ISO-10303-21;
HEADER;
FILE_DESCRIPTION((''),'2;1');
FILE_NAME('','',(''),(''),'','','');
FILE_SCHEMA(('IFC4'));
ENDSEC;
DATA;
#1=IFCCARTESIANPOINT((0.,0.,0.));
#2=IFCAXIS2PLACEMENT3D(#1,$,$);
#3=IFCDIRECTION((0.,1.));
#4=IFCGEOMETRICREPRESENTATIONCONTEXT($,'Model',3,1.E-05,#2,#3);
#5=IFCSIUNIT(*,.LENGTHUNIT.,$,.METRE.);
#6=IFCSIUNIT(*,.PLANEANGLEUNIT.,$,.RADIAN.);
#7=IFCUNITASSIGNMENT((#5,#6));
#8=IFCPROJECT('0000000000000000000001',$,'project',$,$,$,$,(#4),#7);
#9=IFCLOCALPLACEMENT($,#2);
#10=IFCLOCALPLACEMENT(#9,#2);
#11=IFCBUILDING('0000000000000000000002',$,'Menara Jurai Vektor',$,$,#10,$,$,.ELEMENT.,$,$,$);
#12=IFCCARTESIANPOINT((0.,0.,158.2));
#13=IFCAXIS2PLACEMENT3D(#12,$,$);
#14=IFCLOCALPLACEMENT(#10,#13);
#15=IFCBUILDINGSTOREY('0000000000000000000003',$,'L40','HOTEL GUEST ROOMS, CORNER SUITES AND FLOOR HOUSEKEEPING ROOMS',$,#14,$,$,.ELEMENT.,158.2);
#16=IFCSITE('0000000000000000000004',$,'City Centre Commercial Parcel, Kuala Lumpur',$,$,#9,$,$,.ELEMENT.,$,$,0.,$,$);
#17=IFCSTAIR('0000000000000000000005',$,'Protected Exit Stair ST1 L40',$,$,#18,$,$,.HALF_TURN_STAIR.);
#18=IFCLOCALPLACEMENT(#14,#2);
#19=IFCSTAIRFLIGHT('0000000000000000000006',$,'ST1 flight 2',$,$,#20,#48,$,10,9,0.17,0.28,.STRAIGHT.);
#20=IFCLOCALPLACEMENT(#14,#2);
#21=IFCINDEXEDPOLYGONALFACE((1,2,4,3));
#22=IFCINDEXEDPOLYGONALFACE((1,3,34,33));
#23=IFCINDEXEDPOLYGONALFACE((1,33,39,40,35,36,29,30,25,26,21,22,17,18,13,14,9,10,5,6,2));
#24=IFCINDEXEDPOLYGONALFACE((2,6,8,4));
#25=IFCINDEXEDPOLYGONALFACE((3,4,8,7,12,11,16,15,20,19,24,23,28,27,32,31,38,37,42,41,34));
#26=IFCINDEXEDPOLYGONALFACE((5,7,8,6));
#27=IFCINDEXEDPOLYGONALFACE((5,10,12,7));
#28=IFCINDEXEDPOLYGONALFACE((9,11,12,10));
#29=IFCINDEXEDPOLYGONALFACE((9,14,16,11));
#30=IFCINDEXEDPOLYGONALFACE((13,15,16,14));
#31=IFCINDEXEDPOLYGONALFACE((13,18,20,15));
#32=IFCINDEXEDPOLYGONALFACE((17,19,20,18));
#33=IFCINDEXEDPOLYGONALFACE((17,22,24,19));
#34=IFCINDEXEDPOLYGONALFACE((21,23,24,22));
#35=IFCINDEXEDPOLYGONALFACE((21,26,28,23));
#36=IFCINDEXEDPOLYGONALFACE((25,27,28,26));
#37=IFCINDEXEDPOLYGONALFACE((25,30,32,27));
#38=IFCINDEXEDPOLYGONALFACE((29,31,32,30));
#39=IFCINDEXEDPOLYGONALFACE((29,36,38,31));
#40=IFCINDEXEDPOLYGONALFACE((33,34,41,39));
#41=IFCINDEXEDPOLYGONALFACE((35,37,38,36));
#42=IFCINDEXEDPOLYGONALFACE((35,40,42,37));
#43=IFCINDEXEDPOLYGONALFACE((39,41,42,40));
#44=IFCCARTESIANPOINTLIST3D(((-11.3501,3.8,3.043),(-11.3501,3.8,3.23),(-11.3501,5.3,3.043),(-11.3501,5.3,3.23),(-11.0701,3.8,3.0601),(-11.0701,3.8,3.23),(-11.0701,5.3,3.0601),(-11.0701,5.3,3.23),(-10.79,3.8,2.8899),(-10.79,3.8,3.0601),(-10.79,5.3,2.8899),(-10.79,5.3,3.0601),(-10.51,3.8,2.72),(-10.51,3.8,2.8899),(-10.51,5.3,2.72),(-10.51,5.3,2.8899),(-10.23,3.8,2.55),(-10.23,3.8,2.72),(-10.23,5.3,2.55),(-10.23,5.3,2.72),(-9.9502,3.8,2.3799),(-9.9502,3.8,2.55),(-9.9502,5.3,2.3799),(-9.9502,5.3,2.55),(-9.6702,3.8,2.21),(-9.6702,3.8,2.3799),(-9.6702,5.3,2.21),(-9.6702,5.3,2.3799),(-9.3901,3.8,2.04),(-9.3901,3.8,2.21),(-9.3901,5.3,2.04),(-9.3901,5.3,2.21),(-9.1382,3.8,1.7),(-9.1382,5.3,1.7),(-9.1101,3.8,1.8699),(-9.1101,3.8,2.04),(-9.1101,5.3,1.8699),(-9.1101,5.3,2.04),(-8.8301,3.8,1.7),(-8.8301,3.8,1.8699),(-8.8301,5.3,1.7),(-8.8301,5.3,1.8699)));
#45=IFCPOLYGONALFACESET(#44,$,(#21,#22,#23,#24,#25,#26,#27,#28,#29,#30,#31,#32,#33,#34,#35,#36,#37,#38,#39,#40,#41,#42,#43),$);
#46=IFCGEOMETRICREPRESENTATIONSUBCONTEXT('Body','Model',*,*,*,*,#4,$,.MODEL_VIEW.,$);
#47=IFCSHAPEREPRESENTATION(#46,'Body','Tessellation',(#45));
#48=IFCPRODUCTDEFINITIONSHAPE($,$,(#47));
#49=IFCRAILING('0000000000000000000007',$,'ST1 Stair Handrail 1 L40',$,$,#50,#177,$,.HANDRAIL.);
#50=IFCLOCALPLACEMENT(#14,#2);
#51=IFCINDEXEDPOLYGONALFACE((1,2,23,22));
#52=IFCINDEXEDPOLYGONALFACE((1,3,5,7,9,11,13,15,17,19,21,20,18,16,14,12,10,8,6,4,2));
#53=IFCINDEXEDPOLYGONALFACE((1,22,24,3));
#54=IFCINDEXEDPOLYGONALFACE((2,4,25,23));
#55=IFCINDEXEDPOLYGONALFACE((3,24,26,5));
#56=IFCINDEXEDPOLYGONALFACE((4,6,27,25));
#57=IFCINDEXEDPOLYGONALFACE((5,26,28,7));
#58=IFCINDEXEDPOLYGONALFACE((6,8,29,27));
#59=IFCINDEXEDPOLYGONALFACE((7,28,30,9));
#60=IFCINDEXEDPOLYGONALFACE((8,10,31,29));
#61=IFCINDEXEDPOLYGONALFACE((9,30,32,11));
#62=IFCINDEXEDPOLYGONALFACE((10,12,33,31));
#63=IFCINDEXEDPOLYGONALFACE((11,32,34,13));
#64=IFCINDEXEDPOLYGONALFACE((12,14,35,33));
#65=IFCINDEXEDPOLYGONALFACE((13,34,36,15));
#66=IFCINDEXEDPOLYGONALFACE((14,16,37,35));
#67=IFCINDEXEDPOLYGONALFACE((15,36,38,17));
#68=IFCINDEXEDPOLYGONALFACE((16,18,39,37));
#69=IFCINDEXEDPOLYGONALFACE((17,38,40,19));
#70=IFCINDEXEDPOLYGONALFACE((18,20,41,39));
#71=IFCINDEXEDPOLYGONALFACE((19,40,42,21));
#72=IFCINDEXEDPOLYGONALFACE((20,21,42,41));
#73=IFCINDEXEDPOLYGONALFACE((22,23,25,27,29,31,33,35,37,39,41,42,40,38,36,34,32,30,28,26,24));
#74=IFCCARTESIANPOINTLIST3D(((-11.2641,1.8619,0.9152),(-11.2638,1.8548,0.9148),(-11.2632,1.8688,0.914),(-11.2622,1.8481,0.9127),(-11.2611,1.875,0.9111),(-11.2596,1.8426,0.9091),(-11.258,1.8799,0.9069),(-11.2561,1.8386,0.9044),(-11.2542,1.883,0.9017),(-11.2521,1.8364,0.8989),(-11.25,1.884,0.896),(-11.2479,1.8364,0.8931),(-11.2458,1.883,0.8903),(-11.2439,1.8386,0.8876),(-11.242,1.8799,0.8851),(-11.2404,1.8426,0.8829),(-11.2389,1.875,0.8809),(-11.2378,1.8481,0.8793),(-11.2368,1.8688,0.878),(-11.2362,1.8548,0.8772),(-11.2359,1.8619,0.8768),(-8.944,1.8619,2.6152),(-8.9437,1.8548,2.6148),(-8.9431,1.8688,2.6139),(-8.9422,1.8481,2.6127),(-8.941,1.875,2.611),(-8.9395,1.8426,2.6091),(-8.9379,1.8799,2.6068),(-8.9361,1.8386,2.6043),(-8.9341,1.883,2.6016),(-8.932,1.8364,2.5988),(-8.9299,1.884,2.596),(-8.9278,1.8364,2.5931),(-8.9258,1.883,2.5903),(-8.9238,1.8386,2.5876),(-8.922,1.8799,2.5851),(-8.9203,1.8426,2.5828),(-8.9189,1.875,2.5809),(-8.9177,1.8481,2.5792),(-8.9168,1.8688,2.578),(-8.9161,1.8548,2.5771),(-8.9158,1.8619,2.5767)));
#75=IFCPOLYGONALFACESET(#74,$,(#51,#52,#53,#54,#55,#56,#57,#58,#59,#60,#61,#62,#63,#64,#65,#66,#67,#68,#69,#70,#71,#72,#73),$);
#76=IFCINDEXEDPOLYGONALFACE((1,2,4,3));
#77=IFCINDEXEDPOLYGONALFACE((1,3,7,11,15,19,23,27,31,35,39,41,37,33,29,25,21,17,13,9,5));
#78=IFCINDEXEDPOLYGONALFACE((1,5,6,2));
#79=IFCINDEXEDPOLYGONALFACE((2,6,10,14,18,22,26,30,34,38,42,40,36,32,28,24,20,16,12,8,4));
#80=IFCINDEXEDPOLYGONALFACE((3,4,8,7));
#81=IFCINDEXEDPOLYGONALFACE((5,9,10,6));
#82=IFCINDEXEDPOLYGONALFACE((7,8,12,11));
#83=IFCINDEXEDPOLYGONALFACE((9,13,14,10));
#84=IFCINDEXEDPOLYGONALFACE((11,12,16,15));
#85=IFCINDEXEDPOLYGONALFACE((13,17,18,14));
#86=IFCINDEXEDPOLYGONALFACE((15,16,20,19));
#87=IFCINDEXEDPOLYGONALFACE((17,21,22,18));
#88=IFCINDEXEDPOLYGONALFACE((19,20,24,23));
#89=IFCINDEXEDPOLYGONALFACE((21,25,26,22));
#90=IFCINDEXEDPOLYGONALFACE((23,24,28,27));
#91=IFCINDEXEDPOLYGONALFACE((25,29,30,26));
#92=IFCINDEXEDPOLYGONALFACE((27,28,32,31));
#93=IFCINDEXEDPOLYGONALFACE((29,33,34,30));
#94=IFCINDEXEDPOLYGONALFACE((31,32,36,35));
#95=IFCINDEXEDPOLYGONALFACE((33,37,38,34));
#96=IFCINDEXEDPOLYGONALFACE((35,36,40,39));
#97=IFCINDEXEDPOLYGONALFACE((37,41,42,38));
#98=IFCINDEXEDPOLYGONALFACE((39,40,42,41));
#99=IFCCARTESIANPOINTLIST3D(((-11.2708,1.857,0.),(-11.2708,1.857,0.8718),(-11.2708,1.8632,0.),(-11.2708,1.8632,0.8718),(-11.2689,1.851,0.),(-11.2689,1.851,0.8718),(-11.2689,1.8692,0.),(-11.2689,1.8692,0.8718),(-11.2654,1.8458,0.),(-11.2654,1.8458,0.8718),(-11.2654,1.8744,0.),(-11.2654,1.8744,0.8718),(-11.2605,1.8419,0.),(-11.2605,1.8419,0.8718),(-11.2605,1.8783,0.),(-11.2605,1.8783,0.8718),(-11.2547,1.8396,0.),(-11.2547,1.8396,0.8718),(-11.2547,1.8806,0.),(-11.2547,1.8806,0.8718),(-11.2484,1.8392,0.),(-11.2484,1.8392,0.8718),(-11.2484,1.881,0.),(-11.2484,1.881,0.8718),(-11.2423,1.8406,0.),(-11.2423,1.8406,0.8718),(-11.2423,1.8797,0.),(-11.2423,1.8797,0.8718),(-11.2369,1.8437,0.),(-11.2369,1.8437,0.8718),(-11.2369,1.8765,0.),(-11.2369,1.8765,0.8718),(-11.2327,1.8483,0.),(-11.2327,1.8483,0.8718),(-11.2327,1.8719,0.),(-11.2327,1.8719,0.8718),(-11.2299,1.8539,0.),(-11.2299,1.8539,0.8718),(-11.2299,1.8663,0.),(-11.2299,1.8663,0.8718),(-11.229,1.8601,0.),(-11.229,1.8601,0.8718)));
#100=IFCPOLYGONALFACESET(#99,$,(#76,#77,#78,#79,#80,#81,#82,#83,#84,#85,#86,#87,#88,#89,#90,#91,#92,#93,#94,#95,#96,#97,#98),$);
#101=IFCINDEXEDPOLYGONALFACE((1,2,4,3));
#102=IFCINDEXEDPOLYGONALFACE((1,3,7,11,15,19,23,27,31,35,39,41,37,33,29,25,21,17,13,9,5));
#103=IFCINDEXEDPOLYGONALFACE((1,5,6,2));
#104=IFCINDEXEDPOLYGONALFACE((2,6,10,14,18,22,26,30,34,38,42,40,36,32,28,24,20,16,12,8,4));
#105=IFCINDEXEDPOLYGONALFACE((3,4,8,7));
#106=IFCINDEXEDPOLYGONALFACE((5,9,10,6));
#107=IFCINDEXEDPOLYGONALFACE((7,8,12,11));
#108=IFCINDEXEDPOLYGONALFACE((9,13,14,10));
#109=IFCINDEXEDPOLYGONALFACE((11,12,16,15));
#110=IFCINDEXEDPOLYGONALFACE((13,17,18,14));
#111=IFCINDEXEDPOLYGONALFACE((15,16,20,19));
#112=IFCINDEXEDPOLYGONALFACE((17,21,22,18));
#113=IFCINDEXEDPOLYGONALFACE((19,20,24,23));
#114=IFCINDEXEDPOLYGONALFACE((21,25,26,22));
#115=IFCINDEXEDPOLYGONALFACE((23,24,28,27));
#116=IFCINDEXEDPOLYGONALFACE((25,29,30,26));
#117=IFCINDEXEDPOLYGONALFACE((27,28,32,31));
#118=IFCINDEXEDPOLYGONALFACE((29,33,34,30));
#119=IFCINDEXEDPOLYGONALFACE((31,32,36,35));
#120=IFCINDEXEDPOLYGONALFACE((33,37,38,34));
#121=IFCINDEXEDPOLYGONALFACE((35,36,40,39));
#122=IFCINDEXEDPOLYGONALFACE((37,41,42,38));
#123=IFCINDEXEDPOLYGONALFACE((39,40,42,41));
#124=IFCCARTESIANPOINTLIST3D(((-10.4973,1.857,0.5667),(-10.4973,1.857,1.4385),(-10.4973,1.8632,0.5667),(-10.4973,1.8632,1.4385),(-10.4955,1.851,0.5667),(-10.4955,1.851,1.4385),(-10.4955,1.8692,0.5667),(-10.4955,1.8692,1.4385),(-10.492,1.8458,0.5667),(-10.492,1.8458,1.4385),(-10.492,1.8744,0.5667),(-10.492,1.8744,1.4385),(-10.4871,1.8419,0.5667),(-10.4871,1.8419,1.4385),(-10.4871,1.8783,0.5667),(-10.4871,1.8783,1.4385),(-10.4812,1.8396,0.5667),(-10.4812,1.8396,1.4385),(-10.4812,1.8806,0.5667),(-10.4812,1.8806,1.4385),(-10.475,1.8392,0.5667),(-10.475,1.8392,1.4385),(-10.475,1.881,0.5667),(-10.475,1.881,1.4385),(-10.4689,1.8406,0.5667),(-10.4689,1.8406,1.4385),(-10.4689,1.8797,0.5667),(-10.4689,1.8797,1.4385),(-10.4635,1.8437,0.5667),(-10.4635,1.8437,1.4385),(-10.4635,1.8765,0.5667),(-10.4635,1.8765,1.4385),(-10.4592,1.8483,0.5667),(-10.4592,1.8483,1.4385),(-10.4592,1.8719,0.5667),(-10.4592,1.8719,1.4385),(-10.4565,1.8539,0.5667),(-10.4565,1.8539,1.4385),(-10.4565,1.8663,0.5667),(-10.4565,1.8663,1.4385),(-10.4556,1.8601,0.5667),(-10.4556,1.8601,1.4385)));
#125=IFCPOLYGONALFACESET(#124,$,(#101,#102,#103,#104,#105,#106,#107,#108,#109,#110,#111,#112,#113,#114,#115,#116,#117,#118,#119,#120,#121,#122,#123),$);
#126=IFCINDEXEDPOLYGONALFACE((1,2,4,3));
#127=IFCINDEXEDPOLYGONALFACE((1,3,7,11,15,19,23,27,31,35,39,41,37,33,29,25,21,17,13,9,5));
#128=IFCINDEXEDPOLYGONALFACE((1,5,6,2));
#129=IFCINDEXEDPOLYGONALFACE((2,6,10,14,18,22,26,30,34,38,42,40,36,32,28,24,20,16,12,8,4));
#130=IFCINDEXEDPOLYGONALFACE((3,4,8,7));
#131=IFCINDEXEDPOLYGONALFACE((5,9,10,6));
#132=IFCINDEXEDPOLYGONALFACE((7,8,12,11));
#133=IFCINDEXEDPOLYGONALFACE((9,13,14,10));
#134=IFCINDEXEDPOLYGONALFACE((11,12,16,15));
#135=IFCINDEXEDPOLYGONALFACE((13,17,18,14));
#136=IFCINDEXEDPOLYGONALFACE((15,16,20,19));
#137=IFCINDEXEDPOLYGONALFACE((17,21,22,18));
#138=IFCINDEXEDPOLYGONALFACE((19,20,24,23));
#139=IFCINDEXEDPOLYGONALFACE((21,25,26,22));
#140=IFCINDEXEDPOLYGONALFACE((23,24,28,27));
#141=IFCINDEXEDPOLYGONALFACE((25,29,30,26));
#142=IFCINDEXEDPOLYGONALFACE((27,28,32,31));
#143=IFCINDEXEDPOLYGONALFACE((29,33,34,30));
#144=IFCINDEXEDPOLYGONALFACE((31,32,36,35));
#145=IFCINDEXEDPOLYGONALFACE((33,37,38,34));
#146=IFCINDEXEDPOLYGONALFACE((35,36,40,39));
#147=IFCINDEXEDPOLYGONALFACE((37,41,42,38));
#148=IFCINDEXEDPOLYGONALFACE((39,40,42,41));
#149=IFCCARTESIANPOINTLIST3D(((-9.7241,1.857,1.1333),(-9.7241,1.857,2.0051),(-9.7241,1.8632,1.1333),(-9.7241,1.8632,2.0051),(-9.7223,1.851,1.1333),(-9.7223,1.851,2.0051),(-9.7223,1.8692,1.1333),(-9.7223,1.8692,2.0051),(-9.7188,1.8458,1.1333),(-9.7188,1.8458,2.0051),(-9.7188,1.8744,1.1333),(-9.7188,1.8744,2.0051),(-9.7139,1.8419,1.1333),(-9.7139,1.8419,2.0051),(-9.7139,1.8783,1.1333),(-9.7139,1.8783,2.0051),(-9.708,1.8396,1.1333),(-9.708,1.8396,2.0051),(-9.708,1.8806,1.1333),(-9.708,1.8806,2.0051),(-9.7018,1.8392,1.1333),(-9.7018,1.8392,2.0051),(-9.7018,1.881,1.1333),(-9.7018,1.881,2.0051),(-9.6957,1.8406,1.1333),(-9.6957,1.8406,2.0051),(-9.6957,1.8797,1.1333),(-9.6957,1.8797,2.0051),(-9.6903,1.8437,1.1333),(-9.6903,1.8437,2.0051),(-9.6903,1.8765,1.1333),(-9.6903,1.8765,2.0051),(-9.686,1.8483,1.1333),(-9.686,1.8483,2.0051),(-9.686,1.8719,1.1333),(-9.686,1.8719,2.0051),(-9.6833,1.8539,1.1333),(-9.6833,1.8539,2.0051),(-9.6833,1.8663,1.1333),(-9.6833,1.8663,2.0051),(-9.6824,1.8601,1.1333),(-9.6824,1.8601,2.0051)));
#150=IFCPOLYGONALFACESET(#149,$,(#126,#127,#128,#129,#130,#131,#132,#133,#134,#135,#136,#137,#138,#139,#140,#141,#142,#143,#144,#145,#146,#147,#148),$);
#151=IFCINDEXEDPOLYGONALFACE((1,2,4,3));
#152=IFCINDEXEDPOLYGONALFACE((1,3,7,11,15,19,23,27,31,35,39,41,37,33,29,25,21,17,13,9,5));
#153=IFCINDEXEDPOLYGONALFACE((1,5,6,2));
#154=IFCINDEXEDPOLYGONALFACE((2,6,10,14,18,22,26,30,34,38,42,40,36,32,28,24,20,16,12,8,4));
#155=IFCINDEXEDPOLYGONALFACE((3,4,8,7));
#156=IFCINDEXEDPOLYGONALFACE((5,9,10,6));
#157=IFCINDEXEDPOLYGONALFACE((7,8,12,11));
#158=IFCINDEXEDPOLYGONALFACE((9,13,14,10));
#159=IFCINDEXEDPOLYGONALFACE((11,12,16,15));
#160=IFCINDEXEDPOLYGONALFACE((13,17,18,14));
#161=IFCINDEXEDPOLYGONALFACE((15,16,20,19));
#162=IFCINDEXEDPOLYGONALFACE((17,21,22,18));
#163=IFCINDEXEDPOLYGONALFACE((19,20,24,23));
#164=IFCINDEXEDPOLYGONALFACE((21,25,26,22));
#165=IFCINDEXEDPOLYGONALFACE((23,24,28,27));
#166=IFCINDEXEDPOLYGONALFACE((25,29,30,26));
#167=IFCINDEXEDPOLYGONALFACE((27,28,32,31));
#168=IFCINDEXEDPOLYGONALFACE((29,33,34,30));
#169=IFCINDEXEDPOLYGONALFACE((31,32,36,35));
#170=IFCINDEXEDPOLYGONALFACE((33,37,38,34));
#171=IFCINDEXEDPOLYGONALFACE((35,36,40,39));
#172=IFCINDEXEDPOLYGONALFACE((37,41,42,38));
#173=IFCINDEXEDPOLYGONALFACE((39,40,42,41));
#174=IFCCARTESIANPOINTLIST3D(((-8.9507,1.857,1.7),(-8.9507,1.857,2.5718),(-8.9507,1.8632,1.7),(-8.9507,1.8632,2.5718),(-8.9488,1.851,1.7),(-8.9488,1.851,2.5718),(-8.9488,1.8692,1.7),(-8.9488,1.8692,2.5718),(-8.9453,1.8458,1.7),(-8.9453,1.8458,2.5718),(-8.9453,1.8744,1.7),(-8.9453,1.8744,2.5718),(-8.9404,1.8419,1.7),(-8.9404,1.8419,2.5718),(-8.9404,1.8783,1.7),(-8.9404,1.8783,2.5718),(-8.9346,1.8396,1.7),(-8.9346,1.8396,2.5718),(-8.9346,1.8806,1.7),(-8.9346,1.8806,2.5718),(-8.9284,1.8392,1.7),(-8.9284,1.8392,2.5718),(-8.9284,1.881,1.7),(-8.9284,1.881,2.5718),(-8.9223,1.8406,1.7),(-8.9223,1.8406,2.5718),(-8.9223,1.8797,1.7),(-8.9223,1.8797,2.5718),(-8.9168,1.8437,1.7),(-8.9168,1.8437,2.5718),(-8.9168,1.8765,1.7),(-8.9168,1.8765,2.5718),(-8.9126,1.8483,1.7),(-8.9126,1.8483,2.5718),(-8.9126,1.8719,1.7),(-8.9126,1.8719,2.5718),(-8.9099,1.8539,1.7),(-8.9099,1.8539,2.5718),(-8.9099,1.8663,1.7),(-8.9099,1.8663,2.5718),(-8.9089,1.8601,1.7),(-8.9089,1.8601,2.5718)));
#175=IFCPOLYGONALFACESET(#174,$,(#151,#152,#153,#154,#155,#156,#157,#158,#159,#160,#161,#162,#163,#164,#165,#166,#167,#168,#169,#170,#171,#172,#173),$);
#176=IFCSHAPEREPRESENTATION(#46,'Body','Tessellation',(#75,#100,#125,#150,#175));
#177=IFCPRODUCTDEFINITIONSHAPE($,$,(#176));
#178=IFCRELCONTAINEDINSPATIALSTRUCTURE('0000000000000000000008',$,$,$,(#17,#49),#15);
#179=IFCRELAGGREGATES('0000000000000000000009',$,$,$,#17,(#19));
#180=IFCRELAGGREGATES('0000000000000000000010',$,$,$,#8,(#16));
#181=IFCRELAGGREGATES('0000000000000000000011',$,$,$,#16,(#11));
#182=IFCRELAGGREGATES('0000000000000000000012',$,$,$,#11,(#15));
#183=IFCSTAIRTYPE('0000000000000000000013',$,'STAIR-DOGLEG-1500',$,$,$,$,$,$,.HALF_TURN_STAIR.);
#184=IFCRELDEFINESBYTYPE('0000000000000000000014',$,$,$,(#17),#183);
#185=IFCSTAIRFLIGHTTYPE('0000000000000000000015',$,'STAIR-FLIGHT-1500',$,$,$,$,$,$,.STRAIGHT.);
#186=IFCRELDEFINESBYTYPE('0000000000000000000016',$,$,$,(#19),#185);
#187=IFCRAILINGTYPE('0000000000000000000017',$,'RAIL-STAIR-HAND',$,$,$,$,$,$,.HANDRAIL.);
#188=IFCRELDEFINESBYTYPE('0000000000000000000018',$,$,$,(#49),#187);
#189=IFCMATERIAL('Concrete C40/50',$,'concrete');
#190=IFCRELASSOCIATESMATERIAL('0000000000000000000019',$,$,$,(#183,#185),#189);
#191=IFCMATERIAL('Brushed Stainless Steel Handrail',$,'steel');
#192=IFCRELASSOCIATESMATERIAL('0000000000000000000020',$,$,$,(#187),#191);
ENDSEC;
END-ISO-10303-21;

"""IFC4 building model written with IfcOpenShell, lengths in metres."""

from ifc_helpers import new_model, si_unit, direction, frame, origin, origin_2d, place, context, subcontext, project, spatial, polyline, circle, outline, extrude, material, type_object, element, aggregate, save


model = new_model("IFC4")

# Units and contexts
model_context = context("Model", 3, precision=1e-05, world=origin(), true_north=direction((0.0, 1.0)))
body_context = subcontext(model_context, "Body", "Model", "MODEL_VIEW")
ifc_project = project(units=[si_unit("LENGTHUNIT", "METRE"), si_unit("PLANEANGLEUNIT", "RADIAN")], contexts=[model_context])

# Site, building, storey
site_placement = place(None, origin())
site = spatial("IfcSite", under=ifc_project, at=site_placement, Name="City Centre Commercial Parcel, Kuala Lumpur", CompositionType="ELEMENT", RefElevation=0.0)
building_placement = place(site_placement, origin())
building = spatial("IfcBuilding", under=site, at=building_placement, Name="Menara Jurai Vektor", CompositionType="ELEMENT")
storey_placement = place(building_placement, frame((0.0, 0.0, 158.2)))
storey = spatial("IfcBuildingStorey", under=building, at=storey_placement, Name="L40", Description="HOTEL GUEST ROOMS, CORNER SUITES AND FLOOR HOUSEKEEPING ROOMS", CompositionType="ELEMENT", Elevation=158.2)

# Shared definitions
ifc_material_1 = material(Name="Concrete C40/50", Category="concrete")

# Stair, stair flight
stair_type = type_object("IfcStairType", Name="STAIR-DOGLEG-1500", PredefinedType="HALF_TURN_STAIR", material=ifc_material_1)
stair_placement = place(storey_placement, origin())
stair = element("IfcStair", 1, at=stair_placement, inside=storey, type_object=stair_type, Name="Protected Exit Stair ST1 L40", PredefinedType="HALF_TURN_STAIR")
stair_flight_type = type_object("IfcStairFlightType", Name="STAIR-FLIGHT-1500", PredefinedType="STRAIGHT", material=ifc_material_1)
stair_flight_1_placement = place(storey_placement, frame((-8.8301, 4.55, 1.7), z_axis=(0.0, 0.0, 1.0), x_axis=(-1.0, 0.0, 0.0)))
stair_flight_1 = element("IfcStairFlight", 2, at=stair_flight_1_placement, type_object=stair_flight_type, Name="ST1 flight 2", NumberOfRisers=10, NumberOfTreads=9, PredefinedType="STRAIGHT", RiserHeight=0.17, TreadLength=0.28, context=body_context, shape_type="SweptSolid", body=[
    extrude(outline(polyline([(0.0, 0.0), (0.0, 0.1699), (0.28, 0.1699), (0.28, 0.3401), (0.5601, 0.3401), (0.5601, 0.51), (0.8401, 0.51), (0.8401, 0.6799), (1.1201, 0.6799), (1.1201, 0.8501), (1.3999, 0.8501), (1.3999, 1.02), (1.6799, 1.02), (1.6799, 1.1899), (1.96, 1.1899), (1.96, 1.3601), (2.24, 1.3601), (2.24, 1.53), (2.52, 1.53), (2.52, 1.7), (2.52, 1.343), (0.3081, 0.0), (0.0, 0.0)])), frame((0.0, 0.75, 0.0), z_axis=(0.0, -1.0, 0.0), x_axis=(1.0, 0.0, 0.0)), (0.0, 0.0, 1.0), 1.5),
])
aggregate(stair, [stair_flight_1])

# Railing
ifc_material_2 = material(Name="Brushed Stainless Steel Handrail", Category="steel")
railing_type_1 = type_object("IfcRailingType", Name="RAIL-STAIR-HAND", PredefinedType="HANDRAIL", material=ifc_material_2)
railing_1_placement = place(storey_placement, frame((-11.25, 1.8601, 0.0)))
element("IfcRailing", 3, at=railing_1_placement, inside=storey, type_object=railing_type_1, Name="ST1 Stair Handrail 1 L40", PredefinedType="HANDRAIL", context=body_context, shape_type="SweptSolid", body=[
    extrude(circle(Radius=0.0239, at=origin_2d()), frame((0.0, 0.0, 0.896), z_axis=(0.806642, 0.0, 0.59104), x_axis=(0.0, 1.0, 0.0)), (0.0, 0.0, 1.0), 2.8762),
    extrude(circle(Radius=0.021, at=origin_2d()), origin(), (0.0, 0.0, 1.0), 0.8718),
    extrude(circle(Radius=0.021, at=origin_2d()), frame((0.7734, 0.0, 0.5667)), (0.0, 0.0, 1.0), 0.8718),
    extrude(circle(Radius=0.021, at=origin_2d()), frame((1.5466, 0.0, 1.1333)), (0.0, 0.0, 1.0), 0.8718),
    extrude(circle(Radius=0.021, at=origin_2d()), frame((2.3201, 0.0, 1.7)), (0.0, 0.0, 1.0), 0.8718),
])

save(model, "model.ifc")
